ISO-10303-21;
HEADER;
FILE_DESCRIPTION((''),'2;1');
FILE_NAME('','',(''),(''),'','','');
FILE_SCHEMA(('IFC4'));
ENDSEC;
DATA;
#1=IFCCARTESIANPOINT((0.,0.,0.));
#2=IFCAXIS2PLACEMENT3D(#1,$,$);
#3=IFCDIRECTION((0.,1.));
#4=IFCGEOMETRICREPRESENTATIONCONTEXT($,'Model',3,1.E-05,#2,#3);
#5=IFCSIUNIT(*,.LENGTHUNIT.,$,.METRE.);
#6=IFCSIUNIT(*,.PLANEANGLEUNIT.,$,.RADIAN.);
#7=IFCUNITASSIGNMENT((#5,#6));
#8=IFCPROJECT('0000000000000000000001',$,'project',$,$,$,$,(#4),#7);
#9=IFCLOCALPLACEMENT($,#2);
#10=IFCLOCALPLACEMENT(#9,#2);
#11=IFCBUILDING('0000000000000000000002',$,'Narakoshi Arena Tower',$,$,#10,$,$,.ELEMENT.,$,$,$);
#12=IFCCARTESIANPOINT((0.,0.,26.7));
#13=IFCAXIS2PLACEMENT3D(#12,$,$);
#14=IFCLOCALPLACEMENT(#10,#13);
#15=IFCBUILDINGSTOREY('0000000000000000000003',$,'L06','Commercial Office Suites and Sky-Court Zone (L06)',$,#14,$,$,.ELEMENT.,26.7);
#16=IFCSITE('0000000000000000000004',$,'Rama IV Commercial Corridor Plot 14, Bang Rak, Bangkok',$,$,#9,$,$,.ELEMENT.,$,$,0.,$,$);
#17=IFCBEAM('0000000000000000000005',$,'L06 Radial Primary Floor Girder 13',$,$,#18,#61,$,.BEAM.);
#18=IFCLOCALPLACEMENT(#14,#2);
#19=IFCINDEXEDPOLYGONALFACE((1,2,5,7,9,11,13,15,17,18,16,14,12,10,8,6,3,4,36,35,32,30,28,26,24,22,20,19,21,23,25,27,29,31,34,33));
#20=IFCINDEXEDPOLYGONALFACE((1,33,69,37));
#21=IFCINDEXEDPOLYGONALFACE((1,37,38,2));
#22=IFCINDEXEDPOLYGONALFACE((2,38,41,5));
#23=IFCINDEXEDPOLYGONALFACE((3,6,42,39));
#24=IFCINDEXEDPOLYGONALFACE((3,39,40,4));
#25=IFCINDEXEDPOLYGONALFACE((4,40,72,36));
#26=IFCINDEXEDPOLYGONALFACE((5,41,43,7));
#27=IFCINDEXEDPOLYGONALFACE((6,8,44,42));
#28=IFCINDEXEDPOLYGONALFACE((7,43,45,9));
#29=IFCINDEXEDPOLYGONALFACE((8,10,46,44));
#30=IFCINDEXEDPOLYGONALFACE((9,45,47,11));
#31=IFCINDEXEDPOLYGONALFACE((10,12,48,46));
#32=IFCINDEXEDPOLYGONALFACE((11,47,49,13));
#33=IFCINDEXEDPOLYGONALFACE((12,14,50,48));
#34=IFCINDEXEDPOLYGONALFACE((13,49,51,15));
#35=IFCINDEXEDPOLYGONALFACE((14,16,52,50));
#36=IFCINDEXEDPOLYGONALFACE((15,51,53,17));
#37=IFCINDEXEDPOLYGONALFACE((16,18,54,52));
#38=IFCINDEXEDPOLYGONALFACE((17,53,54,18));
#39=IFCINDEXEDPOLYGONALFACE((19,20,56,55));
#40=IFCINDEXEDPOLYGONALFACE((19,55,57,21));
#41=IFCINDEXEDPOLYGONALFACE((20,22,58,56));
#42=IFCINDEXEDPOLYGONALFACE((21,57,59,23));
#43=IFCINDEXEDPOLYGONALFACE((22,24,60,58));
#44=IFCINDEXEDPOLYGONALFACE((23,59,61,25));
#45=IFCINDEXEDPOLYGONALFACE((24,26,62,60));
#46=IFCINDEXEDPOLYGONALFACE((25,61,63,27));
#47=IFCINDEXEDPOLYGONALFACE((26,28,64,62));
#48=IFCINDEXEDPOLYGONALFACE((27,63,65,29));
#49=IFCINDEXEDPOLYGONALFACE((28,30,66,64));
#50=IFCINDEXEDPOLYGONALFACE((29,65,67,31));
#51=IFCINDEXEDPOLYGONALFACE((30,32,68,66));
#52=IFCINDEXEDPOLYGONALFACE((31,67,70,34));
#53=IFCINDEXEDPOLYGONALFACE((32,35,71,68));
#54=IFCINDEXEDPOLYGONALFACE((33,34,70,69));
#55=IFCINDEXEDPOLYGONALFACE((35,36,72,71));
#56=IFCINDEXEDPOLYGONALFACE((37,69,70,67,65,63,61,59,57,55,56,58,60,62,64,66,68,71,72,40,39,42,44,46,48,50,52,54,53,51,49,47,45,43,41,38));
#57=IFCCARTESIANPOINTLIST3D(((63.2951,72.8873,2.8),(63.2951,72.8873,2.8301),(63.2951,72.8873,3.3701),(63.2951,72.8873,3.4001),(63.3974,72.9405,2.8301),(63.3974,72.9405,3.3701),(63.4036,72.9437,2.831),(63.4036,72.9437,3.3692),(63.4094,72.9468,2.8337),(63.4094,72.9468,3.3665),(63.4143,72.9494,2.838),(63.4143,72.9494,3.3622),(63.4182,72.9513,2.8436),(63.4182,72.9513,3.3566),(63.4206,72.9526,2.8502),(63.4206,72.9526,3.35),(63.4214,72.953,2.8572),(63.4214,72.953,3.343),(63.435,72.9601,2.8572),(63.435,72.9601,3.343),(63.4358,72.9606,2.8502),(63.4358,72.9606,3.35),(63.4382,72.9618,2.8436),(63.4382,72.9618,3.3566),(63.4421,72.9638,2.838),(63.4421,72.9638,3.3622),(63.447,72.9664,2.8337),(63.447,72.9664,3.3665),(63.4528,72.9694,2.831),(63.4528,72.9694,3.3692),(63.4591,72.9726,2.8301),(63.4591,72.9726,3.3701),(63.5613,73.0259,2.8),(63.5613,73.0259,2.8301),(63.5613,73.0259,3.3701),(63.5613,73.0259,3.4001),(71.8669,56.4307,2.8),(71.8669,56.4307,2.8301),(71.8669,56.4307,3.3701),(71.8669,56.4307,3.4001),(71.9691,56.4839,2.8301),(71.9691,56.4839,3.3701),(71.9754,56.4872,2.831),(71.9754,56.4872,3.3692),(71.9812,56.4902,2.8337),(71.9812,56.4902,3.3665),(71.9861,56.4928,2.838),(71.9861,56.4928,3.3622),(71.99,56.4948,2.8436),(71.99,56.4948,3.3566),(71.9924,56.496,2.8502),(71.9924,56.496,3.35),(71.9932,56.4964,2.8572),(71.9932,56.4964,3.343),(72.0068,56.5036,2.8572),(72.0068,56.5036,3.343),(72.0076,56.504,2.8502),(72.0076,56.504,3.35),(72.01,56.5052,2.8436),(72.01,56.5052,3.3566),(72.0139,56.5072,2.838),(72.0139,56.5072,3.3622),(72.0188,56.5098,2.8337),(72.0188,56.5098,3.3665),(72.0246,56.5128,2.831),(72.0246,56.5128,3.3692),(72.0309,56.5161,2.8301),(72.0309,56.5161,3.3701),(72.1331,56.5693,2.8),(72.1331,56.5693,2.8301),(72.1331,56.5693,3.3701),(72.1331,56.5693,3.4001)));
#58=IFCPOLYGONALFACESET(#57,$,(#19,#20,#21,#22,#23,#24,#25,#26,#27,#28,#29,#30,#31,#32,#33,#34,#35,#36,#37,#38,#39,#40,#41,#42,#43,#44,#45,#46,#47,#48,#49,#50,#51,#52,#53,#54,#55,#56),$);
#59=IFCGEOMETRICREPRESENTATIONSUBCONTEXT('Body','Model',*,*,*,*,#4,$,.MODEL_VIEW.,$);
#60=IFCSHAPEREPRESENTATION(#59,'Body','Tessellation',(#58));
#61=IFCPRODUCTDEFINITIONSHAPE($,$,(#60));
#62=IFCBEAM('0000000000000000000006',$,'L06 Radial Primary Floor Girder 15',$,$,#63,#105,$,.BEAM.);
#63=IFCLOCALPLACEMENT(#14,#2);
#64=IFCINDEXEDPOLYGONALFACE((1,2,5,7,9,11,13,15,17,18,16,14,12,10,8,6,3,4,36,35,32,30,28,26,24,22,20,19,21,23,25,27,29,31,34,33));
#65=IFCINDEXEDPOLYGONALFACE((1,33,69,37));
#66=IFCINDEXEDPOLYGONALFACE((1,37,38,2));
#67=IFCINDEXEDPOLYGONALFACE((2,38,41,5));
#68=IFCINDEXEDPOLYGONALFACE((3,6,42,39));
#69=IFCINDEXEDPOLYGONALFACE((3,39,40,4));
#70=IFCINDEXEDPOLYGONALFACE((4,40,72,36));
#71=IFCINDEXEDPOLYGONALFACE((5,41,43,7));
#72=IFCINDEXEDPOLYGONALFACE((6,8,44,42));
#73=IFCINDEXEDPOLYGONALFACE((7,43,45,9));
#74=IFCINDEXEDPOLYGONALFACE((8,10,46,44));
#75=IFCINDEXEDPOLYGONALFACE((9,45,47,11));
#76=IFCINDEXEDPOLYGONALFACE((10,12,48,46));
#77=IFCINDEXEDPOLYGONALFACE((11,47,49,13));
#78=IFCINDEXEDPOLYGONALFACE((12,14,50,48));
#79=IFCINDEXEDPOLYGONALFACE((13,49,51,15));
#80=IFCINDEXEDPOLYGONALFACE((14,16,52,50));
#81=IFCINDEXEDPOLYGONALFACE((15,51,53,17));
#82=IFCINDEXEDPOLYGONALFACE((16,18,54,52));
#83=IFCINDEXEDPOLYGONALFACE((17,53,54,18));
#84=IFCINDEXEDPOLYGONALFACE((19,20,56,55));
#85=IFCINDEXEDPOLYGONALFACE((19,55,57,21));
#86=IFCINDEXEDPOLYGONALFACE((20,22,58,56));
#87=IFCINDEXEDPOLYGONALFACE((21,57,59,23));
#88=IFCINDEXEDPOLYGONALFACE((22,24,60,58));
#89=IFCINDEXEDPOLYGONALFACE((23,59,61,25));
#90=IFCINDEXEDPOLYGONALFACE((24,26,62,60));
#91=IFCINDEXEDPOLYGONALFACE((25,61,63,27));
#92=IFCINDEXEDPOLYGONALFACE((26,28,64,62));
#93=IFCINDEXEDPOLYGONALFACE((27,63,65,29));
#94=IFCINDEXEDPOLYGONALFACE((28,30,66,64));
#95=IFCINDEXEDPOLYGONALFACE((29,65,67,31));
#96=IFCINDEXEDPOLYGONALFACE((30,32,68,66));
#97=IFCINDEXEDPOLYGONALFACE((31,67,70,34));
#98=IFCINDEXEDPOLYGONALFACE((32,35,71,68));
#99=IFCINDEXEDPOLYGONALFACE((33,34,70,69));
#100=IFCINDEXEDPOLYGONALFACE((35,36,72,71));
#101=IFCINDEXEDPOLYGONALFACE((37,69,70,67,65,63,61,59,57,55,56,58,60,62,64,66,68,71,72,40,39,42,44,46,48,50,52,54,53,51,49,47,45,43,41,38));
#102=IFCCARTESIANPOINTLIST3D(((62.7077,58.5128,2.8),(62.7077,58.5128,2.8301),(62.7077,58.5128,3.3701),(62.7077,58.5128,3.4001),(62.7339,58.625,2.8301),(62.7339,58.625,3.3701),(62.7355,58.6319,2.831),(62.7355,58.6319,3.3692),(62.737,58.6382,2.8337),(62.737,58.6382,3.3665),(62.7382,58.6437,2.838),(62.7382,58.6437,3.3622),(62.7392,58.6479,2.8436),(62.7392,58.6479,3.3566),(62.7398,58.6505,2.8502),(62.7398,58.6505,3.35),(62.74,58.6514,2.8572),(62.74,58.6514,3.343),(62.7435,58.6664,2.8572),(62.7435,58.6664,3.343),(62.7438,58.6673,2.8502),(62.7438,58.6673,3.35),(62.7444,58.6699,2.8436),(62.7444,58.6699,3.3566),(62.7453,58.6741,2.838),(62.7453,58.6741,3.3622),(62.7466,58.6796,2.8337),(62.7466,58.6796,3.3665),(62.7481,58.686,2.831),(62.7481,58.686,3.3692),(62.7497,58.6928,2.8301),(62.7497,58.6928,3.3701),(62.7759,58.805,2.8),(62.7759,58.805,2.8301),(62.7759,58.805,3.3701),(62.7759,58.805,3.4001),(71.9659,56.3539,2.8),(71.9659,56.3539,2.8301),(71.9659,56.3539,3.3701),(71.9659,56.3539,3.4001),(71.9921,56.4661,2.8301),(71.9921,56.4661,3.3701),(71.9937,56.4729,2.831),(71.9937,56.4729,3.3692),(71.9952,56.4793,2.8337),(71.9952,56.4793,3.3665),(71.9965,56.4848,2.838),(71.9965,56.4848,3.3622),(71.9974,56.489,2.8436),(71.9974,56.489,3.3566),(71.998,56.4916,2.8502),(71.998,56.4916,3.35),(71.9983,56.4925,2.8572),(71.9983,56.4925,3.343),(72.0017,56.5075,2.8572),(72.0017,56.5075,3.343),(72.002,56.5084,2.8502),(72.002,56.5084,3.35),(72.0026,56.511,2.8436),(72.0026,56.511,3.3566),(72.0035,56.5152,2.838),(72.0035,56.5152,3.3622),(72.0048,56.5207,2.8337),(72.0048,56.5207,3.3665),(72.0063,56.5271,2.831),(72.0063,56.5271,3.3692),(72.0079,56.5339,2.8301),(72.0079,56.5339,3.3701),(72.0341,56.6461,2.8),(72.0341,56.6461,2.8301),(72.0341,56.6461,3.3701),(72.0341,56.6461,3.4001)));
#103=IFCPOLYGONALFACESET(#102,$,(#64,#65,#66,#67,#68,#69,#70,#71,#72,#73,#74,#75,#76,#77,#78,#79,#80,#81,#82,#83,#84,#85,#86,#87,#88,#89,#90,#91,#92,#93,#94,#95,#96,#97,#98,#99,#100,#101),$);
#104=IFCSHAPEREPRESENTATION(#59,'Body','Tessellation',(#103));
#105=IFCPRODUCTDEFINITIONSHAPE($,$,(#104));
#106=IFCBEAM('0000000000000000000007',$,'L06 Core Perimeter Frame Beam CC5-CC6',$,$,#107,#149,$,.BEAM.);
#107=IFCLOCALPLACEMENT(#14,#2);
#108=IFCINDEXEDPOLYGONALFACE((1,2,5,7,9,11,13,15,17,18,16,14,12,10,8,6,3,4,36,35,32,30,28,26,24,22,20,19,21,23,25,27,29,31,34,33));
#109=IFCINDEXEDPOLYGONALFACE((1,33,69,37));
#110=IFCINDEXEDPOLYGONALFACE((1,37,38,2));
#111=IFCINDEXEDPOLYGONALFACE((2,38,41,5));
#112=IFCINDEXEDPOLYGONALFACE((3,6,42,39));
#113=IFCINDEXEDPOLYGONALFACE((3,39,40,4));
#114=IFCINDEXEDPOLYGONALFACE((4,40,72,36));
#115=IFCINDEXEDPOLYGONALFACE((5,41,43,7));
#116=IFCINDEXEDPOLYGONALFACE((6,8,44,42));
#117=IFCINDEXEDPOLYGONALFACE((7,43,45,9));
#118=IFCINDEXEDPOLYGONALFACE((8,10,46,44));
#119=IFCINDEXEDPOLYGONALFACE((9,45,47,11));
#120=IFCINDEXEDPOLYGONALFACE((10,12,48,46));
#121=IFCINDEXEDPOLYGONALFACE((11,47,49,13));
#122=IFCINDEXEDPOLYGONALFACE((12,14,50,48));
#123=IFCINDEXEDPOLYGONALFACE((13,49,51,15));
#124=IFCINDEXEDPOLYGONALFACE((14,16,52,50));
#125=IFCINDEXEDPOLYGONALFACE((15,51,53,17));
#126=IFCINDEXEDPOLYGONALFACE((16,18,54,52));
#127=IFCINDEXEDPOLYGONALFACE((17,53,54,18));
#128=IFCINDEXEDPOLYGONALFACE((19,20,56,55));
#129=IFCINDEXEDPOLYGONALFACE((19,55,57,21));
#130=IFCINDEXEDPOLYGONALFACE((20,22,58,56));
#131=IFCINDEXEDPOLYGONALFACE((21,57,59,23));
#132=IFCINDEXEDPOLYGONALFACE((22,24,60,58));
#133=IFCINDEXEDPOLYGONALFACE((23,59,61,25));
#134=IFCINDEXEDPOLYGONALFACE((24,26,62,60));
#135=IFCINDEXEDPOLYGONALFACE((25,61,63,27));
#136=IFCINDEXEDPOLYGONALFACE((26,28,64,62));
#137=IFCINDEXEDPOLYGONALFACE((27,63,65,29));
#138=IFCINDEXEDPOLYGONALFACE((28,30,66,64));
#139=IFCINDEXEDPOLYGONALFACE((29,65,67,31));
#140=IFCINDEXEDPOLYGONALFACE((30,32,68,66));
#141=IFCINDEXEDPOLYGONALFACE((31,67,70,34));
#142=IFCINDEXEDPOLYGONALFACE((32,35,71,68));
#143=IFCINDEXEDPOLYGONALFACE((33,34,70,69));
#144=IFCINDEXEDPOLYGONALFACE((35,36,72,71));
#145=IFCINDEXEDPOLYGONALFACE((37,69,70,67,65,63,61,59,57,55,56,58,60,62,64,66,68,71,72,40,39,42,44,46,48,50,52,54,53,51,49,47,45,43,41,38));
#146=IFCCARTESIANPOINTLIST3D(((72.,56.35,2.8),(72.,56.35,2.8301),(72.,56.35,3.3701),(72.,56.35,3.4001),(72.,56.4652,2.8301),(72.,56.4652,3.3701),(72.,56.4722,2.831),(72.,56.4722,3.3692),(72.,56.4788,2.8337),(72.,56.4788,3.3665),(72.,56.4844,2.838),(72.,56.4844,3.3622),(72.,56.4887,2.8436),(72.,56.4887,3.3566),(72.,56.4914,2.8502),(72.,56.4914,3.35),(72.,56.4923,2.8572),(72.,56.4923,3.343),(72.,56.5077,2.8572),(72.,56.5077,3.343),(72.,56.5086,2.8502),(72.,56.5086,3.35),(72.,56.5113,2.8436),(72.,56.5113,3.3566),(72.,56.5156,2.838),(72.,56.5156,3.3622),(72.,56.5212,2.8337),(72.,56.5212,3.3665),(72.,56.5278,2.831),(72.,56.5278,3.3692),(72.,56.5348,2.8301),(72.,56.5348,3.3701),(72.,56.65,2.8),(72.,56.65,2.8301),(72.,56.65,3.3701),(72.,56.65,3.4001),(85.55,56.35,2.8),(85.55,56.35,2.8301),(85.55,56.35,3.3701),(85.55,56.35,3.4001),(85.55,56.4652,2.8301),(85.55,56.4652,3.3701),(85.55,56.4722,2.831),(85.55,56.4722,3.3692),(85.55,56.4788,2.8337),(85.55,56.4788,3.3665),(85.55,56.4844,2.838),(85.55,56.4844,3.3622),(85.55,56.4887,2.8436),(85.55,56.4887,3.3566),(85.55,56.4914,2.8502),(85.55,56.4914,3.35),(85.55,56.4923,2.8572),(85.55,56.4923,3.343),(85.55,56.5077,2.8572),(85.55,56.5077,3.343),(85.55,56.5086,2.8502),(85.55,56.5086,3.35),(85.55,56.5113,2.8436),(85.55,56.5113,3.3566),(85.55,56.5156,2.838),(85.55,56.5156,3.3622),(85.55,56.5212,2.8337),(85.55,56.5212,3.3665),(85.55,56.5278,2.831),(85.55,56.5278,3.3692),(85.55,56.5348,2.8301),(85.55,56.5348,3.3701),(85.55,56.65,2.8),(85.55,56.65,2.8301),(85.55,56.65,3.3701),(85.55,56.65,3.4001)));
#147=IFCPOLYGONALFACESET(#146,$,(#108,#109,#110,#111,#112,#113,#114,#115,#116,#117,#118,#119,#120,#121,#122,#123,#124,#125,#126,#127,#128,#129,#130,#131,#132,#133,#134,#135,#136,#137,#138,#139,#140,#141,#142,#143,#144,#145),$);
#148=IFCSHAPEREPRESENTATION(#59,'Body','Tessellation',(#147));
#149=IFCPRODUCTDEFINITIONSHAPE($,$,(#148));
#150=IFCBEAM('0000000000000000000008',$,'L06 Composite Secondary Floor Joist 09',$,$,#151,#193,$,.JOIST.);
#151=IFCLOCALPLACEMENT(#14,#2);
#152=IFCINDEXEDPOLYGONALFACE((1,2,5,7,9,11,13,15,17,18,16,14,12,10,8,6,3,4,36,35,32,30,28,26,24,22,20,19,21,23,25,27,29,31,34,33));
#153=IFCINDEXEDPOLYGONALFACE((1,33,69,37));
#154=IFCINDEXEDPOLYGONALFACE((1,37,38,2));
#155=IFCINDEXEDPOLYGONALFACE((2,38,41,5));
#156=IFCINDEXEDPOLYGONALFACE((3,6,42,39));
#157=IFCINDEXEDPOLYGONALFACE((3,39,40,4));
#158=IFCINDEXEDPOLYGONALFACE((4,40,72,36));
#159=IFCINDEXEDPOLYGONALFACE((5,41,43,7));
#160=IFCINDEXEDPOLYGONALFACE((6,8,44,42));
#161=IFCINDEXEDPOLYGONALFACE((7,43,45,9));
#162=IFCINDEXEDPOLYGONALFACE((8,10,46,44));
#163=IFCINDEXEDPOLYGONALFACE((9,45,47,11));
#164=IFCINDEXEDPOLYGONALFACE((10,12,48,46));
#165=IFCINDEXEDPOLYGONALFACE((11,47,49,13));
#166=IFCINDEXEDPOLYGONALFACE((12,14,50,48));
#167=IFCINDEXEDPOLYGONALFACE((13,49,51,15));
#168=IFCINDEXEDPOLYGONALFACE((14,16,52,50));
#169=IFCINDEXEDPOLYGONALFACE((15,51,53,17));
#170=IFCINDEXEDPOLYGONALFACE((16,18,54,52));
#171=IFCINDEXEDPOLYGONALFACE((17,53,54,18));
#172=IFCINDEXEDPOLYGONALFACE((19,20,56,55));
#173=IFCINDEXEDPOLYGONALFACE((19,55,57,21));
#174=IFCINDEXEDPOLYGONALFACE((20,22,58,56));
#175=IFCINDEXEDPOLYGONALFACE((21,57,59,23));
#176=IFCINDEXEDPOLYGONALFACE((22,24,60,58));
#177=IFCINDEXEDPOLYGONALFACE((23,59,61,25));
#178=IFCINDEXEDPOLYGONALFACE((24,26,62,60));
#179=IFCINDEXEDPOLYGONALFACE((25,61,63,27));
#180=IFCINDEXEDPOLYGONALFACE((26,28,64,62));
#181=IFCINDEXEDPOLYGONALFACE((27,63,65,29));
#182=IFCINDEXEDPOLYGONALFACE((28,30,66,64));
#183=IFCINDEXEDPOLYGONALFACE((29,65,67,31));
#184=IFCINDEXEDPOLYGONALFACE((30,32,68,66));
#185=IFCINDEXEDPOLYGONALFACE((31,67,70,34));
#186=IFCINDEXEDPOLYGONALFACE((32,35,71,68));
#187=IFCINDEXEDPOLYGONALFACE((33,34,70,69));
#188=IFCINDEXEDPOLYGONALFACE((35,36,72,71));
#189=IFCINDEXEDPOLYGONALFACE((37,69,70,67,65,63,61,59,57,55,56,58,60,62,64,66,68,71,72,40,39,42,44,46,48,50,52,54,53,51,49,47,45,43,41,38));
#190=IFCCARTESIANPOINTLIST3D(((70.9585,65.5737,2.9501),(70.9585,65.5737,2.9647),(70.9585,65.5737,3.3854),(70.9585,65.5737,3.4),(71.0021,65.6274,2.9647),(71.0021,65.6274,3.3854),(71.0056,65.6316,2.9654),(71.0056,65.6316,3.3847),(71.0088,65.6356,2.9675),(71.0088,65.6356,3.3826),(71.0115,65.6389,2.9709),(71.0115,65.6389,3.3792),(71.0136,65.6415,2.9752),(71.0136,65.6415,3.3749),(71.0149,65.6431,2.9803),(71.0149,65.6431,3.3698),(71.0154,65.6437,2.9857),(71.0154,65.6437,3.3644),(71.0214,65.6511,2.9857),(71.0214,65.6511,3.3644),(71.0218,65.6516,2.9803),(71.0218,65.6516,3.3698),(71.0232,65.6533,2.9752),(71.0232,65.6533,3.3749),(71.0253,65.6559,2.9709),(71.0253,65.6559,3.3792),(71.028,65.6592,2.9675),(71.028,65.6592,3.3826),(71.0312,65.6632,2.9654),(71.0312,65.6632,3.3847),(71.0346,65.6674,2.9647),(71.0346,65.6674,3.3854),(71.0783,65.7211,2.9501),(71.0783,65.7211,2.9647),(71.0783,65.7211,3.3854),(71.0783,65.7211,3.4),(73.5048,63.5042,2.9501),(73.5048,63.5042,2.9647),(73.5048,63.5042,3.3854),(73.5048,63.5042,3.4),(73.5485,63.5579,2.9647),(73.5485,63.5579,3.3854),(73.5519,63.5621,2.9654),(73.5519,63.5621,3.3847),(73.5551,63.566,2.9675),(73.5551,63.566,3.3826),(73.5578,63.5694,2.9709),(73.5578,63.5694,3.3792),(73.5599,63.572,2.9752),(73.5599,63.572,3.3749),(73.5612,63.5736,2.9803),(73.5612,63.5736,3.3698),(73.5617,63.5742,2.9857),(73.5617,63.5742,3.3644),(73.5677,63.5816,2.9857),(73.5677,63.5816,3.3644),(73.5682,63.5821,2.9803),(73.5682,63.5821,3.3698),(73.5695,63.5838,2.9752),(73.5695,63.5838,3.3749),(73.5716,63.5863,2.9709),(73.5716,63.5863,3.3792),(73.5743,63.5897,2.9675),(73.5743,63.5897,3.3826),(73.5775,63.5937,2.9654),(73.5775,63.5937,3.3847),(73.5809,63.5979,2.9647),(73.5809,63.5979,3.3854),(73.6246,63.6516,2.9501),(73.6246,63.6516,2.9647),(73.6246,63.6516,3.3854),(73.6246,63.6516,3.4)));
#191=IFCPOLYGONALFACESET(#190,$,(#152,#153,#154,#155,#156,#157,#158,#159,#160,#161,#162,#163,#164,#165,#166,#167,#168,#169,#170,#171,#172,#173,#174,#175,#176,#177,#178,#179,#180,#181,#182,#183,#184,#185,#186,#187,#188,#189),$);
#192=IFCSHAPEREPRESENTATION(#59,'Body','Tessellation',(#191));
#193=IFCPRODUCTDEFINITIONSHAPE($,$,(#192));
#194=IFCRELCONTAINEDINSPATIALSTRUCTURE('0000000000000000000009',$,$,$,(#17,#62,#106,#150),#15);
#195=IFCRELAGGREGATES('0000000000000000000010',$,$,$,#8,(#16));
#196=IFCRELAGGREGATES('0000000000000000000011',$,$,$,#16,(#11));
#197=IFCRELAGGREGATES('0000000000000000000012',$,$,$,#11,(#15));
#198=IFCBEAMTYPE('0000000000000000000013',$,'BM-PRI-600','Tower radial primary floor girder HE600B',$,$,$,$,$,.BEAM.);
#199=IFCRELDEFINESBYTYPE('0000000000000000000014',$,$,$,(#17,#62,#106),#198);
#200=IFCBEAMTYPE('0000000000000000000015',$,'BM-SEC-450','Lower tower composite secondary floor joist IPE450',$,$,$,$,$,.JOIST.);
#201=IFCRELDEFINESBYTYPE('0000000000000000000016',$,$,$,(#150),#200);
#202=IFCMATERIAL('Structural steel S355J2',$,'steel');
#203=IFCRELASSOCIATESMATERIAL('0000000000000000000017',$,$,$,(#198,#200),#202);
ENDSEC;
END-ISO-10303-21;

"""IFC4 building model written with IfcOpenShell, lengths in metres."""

from ifc_helpers import new_model, si_unit, direction, frame, origin, origin_2d, place, context, subcontext, project, spatial, i_section, extrude, material, material_profile, profile_set, type_object, element, save


model = new_model("IFC4")

# Units and contexts
model_context = context("Model", 3, precision=1e-05, world=origin(), true_north=direction((0.0, 1.0)))
body_context = subcontext(model_context, "Body", "Model", "MODEL_VIEW")
ifc_project = project(units=[si_unit("LENGTHUNIT", "METRE"), si_unit("PLANEANGLEUNIT", "RADIAN")], contexts=[model_context])

# Site, building, storey
site_placement = place(None, origin())
site = spatial("IfcSite", under=ifc_project, at=site_placement, Name="Rama IV Commercial Corridor Plot 14, Bang Rak, Bangkok", CompositionType="ELEMENT", RefElevation=0.0)
building_placement = place(site_placement, origin())
building = spatial("IfcBuilding", under=site, at=building_placement, Name="Narakoshi Arena Tower", CompositionType="ELEMENT")
storey_placement = place(building_placement, frame((0.0, 0.0, 26.7)))
storey = spatial("IfcBuildingStorey", under=building, at=storey_placement, Name="L06", Description="Commercial Office Suites and Sky-Court Zone (L06)", CompositionType="ELEMENT", Elevation=26.7)

# Beams
ifc_material_1 = material(Name="Structural steel S355J2", Category="steel")
ifc_material_profile_1 = material_profile(ifc_material_1, i_section(OverallWidth=0.3, OverallDepth=0.6001, WebThickness=0.0154, FlangeThickness=0.03, FilletRadius=0.0271, at=origin_2d()), Name="HE600B")
ifc_profile_set_1 = profile_set([ifc_material_profile_1], Name="Structural steel S355J2")
beam_type_1 = type_object("IfcBeamType", Name="BM-PRI-600", Description="Tower radial primary floor girder HE600B", PredefinedType="BEAM", material=ifc_profile_set_1)
beam_1_placement = place(storey_placement, frame((72.0, 56.5, 3.1001), z_axis=(-0.461962, 0.886899, 0.0), x_axis=(-0.886899, -0.461962, 0.0)))
element("IfcBeam", 1, at=beam_1_placement, inside=storey, type_object=beam_type_1, Name="L06 Radial Primary Floor Girder 13", PredefinedType="BEAM", context=body_context, shape_type="SweptSolid", body=[
    extrude(i_section(OverallWidth=0.3, OverallDepth=0.6001, WebThickness=0.0154, FlangeThickness=0.03, FilletRadius=0.0271, at=origin_2d()), origin(), (0.0, 0.0, 1.0), 18.5552),
])
beam_2_placement = place(storey_placement, frame((72.0, 56.5, 3.1001), z_axis=(-0.973872, 0.227096, 0.0), x_axis=(-0.227096, -0.973872, 0.0)))
element("IfcBeam", 2, at=beam_2_placement, inside=storey, type_object=beam_type_1, Name="L06 Radial Primary Floor Girder 15", PredefinedType="BEAM", context=body_context, shape_type="SweptSolid", body=[
    extrude(i_section(OverallWidth=0.3, OverallDepth=0.6001, WebThickness=0.0154, FlangeThickness=0.03, FilletRadius=0.0271, at=origin_2d()), origin(), (0.0, 0.0, 1.0), 9.5066),
])
beam_3_placement = place(storey_placement, frame((72.0, 56.5, 3.1001), z_axis=(1.0, 0.0, 0.0), x_axis=(0.0, 1.0, 0.0)))
element("IfcBeam", 3, at=beam_3_placement, inside=storey, type_object=beam_type_1, Name="L06 Core Perimeter Frame Beam CC5-CC6", PredefinedType="BEAM", context=body_context, shape_type="SweptSolid", body=[
    extrude(i_section(OverallWidth=0.3, OverallDepth=0.6001, WebThickness=0.0154, FlangeThickness=0.03, FilletRadius=0.0271, at=origin_2d()), origin(), (0.0, 0.0, 1.0), 13.55),
])
ifc_material_profile_2 = material_profile(ifc_material_1, i_section(OverallWidth=0.1899, OverallDepth=0.45, WebThickness=0.0095, FlangeThickness=0.0146, FilletRadius=0.021, at=origin_2d()), Name="IPE450")
ifc_profile_set_2 = profile_set([ifc_material_profile_2], Name="Structural steel S355J2")
beam_type_2 = type_object("IfcBeamType", Name="BM-SEC-450", Description="Lower tower composite secondary floor joist IPE450", PredefinedType="JOIST", material=ifc_profile_set_2)
beam_4_placement = place(storey_placement, frame((73.5647, 63.5779, 3.175), z_axis=(-0.776018, 0.63071, 0.0), x_axis=(-0.63071, -0.776018, 0.0)))
element("IfcBeam", 4, at=beam_4_placement, inside=storey, type_object=beam_type_2, Name="L06 Composite Secondary Floor Joist 09", PredefinedType="JOIST", context=body_context, shape_type="SweptSolid", body=[
    extrude(i_section(OverallWidth=0.1899, OverallDepth=0.45, WebThickness=0.0095, FlangeThickness=0.0146, FilletRadius=0.021, at=origin_2d()), origin(), (0.0, 0.0, 1.0), 3.2812),
])

save(model, "model.ifc")
